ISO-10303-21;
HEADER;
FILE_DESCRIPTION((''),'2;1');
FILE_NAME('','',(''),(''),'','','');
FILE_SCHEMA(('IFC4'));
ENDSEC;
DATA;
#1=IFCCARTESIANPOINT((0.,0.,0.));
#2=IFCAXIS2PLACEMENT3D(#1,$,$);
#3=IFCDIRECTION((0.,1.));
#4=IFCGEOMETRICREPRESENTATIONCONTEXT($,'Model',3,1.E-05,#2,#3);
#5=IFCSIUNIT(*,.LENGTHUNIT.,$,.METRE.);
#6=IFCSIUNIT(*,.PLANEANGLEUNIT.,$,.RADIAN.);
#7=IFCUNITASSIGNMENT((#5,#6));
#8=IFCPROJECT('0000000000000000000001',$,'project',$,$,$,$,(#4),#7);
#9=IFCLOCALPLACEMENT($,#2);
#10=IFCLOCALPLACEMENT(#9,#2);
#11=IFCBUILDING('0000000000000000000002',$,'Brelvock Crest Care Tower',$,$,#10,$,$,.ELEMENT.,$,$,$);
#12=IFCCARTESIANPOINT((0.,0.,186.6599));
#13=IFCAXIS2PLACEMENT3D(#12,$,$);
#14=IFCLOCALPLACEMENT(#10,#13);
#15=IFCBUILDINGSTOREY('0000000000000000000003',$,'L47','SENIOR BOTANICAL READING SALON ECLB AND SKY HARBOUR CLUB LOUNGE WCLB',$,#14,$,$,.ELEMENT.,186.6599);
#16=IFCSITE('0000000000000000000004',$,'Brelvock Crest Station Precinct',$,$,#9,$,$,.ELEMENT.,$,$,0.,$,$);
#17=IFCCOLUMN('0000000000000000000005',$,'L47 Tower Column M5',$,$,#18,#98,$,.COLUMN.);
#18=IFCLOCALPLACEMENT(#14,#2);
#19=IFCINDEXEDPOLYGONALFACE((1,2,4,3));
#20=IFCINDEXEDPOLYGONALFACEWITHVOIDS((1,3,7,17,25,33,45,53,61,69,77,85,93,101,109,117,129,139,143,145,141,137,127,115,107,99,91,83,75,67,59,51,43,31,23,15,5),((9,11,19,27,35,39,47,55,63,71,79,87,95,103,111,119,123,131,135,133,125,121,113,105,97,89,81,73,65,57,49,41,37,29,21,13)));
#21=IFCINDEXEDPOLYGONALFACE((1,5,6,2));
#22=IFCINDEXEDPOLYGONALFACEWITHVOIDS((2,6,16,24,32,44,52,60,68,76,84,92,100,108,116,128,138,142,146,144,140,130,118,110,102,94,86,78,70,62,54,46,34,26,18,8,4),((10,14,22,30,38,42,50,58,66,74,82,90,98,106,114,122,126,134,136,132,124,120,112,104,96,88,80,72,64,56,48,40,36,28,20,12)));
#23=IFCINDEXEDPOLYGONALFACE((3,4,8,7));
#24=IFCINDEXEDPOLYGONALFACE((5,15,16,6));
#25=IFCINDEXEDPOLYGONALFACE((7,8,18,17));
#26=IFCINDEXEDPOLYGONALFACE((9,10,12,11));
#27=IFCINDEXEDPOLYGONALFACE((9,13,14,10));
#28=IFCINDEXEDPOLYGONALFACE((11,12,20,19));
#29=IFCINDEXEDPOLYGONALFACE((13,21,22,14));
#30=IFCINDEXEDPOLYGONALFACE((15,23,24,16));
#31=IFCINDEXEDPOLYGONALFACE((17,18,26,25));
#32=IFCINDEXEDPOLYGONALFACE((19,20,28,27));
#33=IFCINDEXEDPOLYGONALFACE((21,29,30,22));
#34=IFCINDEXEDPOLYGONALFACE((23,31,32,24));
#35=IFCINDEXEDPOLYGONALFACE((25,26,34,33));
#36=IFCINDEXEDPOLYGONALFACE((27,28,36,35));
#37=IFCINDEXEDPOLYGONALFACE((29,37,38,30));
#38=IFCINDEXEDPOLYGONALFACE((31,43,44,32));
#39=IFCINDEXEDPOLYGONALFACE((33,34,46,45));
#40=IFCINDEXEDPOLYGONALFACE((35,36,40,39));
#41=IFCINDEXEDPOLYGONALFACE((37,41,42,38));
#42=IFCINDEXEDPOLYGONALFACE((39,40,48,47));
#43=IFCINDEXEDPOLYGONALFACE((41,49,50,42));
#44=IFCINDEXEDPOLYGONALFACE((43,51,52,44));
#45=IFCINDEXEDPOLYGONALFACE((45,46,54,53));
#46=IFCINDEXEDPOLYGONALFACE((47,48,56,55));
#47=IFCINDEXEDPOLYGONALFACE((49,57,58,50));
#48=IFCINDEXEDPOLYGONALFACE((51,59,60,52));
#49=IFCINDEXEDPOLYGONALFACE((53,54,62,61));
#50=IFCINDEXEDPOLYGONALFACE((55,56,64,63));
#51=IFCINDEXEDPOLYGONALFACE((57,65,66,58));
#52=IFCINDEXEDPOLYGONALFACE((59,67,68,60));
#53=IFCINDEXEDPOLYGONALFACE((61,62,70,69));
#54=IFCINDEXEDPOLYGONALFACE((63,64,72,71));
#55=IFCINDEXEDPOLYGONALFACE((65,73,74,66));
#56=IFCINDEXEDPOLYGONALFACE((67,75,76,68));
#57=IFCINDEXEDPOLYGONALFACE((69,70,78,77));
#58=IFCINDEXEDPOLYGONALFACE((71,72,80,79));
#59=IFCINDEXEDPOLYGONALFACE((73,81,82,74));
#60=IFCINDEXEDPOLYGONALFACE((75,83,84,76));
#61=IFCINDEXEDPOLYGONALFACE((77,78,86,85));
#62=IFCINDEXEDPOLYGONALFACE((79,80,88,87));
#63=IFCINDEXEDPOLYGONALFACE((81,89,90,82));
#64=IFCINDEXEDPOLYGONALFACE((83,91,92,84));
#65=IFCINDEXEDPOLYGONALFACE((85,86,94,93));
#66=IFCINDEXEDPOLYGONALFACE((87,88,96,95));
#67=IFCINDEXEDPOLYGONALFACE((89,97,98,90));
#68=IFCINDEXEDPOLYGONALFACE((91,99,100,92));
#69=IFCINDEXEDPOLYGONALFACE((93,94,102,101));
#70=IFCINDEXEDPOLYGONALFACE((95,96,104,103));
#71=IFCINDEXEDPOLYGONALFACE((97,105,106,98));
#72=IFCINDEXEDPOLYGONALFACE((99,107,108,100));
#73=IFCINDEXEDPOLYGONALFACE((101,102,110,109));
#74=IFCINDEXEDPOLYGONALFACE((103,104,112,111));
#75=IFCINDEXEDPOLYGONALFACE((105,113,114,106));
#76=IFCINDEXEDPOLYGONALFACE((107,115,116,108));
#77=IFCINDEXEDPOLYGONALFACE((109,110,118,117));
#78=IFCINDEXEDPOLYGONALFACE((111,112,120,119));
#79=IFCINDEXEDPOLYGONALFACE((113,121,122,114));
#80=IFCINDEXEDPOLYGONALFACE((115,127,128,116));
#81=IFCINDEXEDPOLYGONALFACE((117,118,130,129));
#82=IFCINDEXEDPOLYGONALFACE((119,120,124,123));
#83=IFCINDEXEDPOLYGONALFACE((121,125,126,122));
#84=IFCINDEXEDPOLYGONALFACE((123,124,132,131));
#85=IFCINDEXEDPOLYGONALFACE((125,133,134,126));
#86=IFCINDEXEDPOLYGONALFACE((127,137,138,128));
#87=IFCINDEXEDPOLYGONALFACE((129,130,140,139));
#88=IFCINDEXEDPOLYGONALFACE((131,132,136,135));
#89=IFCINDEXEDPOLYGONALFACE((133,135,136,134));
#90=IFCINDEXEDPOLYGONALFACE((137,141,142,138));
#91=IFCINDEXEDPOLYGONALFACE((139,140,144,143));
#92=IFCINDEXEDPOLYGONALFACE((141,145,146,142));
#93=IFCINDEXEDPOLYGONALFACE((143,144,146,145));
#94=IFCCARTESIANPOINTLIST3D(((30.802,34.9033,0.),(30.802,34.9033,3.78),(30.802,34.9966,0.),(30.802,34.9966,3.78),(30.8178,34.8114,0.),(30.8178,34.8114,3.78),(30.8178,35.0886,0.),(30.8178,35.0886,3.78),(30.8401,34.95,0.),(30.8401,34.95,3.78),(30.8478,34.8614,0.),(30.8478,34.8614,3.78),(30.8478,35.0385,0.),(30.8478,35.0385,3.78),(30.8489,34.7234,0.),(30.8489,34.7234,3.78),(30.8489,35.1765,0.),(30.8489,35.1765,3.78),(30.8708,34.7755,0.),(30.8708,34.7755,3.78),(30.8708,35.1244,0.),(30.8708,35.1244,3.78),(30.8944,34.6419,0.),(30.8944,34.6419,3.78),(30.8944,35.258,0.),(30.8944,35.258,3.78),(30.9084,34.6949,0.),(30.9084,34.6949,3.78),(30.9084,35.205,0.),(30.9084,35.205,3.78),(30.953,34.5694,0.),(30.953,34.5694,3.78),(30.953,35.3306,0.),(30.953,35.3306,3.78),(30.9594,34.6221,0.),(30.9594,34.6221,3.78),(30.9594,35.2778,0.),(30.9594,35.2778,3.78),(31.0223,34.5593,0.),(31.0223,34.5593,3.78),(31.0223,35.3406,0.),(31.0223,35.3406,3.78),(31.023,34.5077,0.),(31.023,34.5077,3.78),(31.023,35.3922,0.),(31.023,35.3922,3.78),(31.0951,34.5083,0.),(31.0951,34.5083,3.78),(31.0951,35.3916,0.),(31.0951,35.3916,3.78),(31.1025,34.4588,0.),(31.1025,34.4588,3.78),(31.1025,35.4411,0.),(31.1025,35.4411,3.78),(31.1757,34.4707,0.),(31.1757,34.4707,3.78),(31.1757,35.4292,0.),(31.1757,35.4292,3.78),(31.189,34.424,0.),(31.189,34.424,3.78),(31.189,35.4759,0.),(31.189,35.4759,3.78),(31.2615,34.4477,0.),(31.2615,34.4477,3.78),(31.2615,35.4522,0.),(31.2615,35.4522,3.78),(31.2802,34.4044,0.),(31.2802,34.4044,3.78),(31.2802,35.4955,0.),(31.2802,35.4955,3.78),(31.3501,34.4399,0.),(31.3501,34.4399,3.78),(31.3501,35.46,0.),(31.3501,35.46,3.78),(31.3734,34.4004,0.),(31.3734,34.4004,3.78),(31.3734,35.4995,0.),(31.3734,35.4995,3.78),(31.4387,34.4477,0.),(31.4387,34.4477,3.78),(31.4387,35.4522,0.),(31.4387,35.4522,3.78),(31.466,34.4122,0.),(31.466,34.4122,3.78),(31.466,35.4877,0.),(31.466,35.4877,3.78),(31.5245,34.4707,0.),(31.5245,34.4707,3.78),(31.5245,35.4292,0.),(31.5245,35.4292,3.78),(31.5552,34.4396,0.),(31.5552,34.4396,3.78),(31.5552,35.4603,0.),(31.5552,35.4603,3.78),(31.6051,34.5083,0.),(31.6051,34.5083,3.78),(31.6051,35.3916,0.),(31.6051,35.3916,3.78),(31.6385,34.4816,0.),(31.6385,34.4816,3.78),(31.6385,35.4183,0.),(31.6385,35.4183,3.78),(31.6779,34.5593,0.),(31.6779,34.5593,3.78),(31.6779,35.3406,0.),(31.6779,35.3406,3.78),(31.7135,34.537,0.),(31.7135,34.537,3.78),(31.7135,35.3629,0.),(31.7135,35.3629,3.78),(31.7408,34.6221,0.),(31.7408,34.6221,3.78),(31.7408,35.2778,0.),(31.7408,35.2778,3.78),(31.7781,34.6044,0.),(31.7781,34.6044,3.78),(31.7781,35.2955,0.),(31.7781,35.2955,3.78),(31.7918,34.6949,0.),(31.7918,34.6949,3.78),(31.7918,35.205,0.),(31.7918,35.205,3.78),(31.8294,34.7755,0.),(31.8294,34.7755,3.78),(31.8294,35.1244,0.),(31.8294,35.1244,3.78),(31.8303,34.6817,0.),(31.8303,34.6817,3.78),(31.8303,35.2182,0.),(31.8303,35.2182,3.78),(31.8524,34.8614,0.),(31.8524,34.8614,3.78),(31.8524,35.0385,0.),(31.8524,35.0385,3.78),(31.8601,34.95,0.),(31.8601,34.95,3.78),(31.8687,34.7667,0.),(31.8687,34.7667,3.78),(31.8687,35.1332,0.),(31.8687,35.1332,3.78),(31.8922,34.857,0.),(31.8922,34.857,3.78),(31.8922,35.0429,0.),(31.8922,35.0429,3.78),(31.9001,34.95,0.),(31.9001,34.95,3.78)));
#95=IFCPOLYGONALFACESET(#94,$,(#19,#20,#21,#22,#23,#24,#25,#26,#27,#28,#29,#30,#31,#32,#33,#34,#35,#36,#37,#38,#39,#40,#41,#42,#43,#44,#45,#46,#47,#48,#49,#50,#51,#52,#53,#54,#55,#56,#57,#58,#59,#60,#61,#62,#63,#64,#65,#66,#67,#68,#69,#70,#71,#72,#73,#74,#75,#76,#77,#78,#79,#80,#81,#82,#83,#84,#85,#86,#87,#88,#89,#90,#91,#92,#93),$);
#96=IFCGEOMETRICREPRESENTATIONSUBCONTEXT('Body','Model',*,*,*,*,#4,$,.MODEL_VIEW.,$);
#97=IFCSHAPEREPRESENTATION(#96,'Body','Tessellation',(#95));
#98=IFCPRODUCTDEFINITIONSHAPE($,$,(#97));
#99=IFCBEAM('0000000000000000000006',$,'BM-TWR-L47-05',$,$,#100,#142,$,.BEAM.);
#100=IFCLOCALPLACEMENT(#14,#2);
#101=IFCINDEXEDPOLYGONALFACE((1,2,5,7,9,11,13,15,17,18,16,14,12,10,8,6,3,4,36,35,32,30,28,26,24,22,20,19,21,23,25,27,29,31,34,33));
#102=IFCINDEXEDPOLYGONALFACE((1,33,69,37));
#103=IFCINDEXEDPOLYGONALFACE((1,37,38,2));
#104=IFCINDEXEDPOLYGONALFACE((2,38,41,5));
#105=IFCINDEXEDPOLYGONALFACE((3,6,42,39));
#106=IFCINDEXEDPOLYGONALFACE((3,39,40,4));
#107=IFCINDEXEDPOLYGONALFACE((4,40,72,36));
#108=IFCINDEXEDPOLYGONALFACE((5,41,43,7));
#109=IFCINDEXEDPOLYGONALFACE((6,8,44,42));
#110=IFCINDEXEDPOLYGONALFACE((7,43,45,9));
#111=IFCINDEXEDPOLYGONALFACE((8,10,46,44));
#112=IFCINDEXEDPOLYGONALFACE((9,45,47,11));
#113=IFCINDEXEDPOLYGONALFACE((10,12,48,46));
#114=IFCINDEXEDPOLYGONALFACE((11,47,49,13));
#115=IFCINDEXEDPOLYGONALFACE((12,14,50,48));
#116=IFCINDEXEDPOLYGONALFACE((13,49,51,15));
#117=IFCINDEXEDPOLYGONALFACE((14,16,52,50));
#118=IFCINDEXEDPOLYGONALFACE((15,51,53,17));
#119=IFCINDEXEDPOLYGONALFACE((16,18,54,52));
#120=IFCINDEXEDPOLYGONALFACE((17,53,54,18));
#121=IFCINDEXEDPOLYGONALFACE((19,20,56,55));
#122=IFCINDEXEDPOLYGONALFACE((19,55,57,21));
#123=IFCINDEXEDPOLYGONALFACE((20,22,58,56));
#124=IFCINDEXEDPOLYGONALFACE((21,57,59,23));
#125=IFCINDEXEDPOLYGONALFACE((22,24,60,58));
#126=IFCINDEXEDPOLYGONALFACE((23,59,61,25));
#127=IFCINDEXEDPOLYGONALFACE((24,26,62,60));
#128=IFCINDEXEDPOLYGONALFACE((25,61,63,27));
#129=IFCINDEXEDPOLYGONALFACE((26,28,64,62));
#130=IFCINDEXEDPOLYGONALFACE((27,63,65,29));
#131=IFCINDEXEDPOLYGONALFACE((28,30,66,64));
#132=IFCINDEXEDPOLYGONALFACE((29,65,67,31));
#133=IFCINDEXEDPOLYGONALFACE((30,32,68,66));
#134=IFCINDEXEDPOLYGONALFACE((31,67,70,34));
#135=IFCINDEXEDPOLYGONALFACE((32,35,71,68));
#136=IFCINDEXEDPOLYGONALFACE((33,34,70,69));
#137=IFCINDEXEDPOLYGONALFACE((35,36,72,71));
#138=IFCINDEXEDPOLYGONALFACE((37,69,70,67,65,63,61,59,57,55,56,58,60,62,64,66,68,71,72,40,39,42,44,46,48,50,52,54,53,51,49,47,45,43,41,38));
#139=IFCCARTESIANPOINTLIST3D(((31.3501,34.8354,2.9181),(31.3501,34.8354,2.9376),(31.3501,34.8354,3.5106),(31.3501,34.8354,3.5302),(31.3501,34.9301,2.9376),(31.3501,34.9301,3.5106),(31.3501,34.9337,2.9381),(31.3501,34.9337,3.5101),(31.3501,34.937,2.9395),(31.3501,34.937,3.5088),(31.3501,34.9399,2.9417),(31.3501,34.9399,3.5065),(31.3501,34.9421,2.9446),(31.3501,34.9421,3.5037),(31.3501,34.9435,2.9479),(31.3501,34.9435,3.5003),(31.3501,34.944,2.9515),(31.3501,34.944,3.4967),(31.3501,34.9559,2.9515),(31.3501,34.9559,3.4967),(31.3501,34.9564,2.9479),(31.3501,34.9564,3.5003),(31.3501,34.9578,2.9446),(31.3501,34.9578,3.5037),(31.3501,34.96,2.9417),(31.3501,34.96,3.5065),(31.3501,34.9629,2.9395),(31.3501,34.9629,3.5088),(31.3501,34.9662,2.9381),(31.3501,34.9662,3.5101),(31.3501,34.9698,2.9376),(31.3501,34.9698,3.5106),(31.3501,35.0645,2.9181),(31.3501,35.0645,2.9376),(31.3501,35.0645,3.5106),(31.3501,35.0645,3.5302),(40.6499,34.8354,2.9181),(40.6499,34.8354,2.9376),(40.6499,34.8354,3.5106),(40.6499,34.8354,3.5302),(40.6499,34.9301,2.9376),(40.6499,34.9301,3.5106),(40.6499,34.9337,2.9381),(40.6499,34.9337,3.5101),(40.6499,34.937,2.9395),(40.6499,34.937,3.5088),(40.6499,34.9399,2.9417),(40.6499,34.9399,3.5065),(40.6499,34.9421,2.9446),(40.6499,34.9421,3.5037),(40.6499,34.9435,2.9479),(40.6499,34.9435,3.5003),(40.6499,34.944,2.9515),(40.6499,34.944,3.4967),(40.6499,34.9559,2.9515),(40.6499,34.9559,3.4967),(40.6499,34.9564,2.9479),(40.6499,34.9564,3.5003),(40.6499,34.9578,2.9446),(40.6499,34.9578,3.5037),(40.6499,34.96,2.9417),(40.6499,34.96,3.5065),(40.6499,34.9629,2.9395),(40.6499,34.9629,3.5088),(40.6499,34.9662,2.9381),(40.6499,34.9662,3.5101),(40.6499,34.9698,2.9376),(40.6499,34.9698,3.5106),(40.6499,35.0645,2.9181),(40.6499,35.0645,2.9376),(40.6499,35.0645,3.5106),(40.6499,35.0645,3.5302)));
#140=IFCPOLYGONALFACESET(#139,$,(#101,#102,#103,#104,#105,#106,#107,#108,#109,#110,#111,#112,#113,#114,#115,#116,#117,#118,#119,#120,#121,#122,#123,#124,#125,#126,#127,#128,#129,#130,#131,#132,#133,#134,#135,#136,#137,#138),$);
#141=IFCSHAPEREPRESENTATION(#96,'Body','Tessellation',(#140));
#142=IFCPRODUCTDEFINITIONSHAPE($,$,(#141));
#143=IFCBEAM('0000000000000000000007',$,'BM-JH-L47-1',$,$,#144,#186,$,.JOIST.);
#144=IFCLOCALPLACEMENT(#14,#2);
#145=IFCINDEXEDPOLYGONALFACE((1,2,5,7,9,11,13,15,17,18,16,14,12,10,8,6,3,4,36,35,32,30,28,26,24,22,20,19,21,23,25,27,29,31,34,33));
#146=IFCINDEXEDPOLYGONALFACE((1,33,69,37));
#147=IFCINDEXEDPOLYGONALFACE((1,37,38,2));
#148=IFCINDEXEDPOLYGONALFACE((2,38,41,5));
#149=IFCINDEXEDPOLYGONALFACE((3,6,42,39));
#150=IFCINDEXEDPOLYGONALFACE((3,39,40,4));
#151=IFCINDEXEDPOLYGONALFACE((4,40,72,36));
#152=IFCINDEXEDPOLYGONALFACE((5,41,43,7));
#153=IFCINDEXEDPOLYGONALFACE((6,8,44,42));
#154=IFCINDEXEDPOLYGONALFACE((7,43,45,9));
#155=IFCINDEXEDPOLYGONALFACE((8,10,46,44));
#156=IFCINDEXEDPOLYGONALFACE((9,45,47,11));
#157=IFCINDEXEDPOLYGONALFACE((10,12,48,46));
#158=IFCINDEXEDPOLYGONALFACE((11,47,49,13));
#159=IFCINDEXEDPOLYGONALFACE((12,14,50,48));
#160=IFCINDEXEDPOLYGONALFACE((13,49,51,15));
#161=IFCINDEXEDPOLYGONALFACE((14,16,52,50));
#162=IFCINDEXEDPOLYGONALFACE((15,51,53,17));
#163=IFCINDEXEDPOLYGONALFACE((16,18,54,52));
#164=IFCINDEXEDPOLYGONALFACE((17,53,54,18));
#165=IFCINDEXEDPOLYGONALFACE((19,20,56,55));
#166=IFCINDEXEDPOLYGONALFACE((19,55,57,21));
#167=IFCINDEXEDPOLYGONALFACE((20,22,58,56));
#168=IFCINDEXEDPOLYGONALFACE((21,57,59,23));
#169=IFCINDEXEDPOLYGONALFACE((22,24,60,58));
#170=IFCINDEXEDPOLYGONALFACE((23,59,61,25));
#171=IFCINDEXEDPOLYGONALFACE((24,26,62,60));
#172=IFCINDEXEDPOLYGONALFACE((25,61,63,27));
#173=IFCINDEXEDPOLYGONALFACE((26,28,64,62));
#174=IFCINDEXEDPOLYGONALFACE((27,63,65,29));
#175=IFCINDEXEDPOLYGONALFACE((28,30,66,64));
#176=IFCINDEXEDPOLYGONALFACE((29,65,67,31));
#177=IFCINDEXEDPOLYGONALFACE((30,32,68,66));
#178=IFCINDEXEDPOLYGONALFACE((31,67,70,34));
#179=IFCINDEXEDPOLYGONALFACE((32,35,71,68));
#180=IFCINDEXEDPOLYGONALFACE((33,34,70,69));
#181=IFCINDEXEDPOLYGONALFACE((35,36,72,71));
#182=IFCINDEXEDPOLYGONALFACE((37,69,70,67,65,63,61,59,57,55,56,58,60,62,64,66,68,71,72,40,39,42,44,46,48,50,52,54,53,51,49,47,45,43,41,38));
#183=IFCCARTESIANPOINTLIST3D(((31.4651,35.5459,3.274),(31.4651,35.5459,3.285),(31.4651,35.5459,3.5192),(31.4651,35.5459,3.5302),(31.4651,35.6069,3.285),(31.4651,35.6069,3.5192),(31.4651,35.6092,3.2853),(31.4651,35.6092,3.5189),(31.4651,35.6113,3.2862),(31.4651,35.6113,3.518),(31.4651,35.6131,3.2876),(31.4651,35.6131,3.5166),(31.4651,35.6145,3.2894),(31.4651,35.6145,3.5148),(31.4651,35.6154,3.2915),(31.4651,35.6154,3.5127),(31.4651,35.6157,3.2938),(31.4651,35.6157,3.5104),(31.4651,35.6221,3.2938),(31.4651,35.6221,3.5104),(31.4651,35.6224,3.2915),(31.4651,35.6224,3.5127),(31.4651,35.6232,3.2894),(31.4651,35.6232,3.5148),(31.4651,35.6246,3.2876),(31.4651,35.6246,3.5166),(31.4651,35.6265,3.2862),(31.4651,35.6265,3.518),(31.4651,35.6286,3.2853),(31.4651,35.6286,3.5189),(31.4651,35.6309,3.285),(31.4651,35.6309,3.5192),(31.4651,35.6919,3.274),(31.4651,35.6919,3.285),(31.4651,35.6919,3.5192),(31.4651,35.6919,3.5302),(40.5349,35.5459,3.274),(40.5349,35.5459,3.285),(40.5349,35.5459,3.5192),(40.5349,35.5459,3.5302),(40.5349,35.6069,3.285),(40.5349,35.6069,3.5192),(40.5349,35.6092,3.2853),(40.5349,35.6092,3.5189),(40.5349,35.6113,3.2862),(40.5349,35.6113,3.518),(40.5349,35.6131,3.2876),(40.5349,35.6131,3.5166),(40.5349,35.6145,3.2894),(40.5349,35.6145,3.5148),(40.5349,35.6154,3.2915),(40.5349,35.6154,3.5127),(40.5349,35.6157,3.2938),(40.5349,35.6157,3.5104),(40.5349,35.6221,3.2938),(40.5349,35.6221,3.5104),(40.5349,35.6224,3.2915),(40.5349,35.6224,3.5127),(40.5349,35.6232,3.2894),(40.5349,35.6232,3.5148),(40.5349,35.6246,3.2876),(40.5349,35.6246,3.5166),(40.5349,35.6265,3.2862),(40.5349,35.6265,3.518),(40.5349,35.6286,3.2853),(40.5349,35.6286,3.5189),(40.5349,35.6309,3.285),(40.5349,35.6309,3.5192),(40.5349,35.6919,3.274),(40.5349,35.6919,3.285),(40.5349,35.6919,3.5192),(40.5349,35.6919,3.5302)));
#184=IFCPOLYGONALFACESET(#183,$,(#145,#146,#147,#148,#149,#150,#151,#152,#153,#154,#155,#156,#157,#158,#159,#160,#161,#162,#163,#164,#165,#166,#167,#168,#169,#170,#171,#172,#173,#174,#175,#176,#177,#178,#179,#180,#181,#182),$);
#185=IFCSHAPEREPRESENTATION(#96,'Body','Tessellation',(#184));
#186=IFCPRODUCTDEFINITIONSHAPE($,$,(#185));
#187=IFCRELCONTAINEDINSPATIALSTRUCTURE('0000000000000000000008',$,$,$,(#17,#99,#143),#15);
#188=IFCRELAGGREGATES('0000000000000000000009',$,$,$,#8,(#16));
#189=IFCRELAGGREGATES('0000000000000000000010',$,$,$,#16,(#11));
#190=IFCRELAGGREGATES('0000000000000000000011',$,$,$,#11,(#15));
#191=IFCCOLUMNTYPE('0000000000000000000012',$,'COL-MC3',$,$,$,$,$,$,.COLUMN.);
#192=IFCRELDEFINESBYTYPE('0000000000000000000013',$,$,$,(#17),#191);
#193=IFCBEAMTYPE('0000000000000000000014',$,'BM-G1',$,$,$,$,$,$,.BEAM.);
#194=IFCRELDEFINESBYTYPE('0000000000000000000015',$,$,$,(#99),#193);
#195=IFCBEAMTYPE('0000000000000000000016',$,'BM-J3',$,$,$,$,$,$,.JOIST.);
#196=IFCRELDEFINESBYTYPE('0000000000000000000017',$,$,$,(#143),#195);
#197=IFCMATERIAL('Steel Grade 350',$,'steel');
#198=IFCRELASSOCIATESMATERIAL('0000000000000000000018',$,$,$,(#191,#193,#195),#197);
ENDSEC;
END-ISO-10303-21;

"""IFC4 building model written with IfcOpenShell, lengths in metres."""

from ifc_helpers import new_model, si_unit, direction, frame, origin, origin_2d, place, context, subcontext, project, spatial, hollow_circle, i_section, extrude, source, transform, mapped, material, material_profile, profile_set, type_object, element, save


model = new_model("IFC4")

# Units and contexts
model_context = context("Model", 3, precision=1e-05, world=origin(), true_north=direction((0.0, 1.0)))
body_context = subcontext(model_context, "Body", "Model", "MODEL_VIEW")
ifc_project = project(units=[si_unit("LENGTHUNIT", "METRE"), si_unit("PLANEANGLEUNIT", "RADIAN")], contexts=[model_context])

# Site, building, storey
site_placement = place(None, origin())
site = spatial("IfcSite", under=ifc_project, at=site_placement, Name="Brelvock Crest Station Precinct", CompositionType="ELEMENT", RefElevation=0.0)
building_placement = place(site_placement, origin())
building = spatial("IfcBuilding", under=site, at=building_placement, Name="Brelvock Crest Care Tower", CompositionType="ELEMENT")
storey_placement = place(building_placement, frame((0.0, 0.0, 186.6599)))
storey = spatial("IfcBuildingStorey", under=building, at=storey_placement, Name="L47", Description="SENIOR BOTANICAL READING SALON ECLB AND SKY HARBOUR CLUB LOUNGE WCLB", CompositionType="ELEMENT", Elevation=186.6599)

# Column
ifc_material_1 = material(Name="Steel Grade 350", Category="steel")
ifc_material_profile_1 = material_profile(ifc_material_1, hollow_circle(Radius=0.55, WallThickness=0.04, at=origin_2d()), Name="CFT1100x40")
ifc_profile_set_1 = profile_set([ifc_material_profile_1], Name="Steel Grade 350")
column_type = type_object("IfcColumnType", Name="COL-MC3", PredefinedType="COLUMN", material=ifc_profile_set_1)
shared_shape_1 = source(origin(), body_context, "Body", "SweptSolid", [
    extrude(hollow_circle(Radius=0.55, WallThickness=0.04, at=origin_2d()), origin(), (0.0, 0.0, 1.0), 3.78),
])
column_placement = place(storey_placement, frame((31.3501, 34.95, 0.0), z_axis=(0.0, 0.0, 1.0), x_axis=(1.0, 0.0, 0.0)))
element("IfcColumn", 1, at=column_placement, inside=storey, type_object=column_type, Name="L47 Tower Column M5", PredefinedType="COLUMN", context=body_context, shape_type="MappedRepresentation", body=[
    mapped(shared_shape_1, transform((0.0, 0.0, 0.0), x_axis=(1.0, 0.0, 0.0), y_axis=(0.0, 1.0, 0.0), z_axis=(0.0, 0.0, 1.0), scale=1.0)),
])

# Beams
ifc_material_profile_2 = material_profile(ifc_material_1, i_section(OverallWidth=0.229, OverallDepth=0.6121, WebThickness=0.012, FlangeThickness=0.0195, FilletRadius=0.0139, at=origin_2d()), Name="610UB125")
ifc_profile_set_2 = profile_set([ifc_material_profile_2], Name="Steel Grade 350")
beam_type_1 = type_object("IfcBeamType", Name="BM-G1", PredefinedType="BEAM", material=ifc_profile_set_2)
shared_shape_2 = source(origin(), body_context, "Body", "SweptSolid", [
    extrude(i_section(OverallWidth=0.229, OverallDepth=0.6121, WebThickness=0.012, FlangeThickness=0.0195, FilletRadius=0.0139, at=origin_2d()), origin(), (0.0, 0.0, 1.0), 9.2998),
])
beam_1_placement = place(storey_placement, frame((31.3501, 34.95, 3.2241), z_axis=(1.0, 0.0, 0.0), x_axis=(0.0, 1.0, 0.0)))
element("IfcBeam", 2, at=beam_1_placement, inside=storey, type_object=beam_type_1, Name="BM-TWR-L47-05", PredefinedType="BEAM", context=body_context, shape_type="MappedRepresentation", body=[
    mapped(shared_shape_2, transform((0.0, 0.0, 0.0), x_axis=(1.0, 0.0, 0.0), y_axis=(0.0, 1.0, 0.0), z_axis=(0.0, 0.0, 1.0), scale=1.0)),
])
ifc_material_profile_3 = material_profile(ifc_material_1, i_section(OverallWidth=0.146, OverallDepth=0.2561, WebThickness=0.0063, FlangeThickness=0.011, FilletRadius=0.0088, at=origin_2d()), Name="250UB37.3")
ifc_profile_set_3 = profile_set([ifc_material_profile_3], Name="Steel Grade 350")
beam_type_2 = type_object("IfcBeamType", Name="BM-J3", PredefinedType="JOIST", material=ifc_profile_set_3)
shared_shape_3 = source(origin(), body_context, "Body", "SweptSolid", [
    extrude(i_section(OverallWidth=0.146, OverallDepth=0.2561, WebThickness=0.0063, FlangeThickness=0.011, FilletRadius=0.0088, at=origin_2d()), origin(), (0.0, 0.0, 1.0), 9.0698),
])
beam_2_placement = place(storey_placement, frame((31.4651, 35.6189, 3.4021), z_axis=(1.0, 0.0, 0.0), x_axis=(0.0, 1.0, 0.0)))
element("IfcBeam", 3, at=beam_2_placement, inside=storey, type_object=beam_type_2, Name="BM-JH-L47-1", PredefinedType="JOIST", context=body_context, shape_type="MappedRepresentation", body=[
    mapped(shared_shape_3, transform((0.0, 0.0, 0.0), x_axis=(1.0, 0.0, 0.0), y_axis=(0.0, 1.0, 0.0), z_axis=(0.0, 0.0, 1.0), scale=1.0)),
])

save(model, "model.ifc")
